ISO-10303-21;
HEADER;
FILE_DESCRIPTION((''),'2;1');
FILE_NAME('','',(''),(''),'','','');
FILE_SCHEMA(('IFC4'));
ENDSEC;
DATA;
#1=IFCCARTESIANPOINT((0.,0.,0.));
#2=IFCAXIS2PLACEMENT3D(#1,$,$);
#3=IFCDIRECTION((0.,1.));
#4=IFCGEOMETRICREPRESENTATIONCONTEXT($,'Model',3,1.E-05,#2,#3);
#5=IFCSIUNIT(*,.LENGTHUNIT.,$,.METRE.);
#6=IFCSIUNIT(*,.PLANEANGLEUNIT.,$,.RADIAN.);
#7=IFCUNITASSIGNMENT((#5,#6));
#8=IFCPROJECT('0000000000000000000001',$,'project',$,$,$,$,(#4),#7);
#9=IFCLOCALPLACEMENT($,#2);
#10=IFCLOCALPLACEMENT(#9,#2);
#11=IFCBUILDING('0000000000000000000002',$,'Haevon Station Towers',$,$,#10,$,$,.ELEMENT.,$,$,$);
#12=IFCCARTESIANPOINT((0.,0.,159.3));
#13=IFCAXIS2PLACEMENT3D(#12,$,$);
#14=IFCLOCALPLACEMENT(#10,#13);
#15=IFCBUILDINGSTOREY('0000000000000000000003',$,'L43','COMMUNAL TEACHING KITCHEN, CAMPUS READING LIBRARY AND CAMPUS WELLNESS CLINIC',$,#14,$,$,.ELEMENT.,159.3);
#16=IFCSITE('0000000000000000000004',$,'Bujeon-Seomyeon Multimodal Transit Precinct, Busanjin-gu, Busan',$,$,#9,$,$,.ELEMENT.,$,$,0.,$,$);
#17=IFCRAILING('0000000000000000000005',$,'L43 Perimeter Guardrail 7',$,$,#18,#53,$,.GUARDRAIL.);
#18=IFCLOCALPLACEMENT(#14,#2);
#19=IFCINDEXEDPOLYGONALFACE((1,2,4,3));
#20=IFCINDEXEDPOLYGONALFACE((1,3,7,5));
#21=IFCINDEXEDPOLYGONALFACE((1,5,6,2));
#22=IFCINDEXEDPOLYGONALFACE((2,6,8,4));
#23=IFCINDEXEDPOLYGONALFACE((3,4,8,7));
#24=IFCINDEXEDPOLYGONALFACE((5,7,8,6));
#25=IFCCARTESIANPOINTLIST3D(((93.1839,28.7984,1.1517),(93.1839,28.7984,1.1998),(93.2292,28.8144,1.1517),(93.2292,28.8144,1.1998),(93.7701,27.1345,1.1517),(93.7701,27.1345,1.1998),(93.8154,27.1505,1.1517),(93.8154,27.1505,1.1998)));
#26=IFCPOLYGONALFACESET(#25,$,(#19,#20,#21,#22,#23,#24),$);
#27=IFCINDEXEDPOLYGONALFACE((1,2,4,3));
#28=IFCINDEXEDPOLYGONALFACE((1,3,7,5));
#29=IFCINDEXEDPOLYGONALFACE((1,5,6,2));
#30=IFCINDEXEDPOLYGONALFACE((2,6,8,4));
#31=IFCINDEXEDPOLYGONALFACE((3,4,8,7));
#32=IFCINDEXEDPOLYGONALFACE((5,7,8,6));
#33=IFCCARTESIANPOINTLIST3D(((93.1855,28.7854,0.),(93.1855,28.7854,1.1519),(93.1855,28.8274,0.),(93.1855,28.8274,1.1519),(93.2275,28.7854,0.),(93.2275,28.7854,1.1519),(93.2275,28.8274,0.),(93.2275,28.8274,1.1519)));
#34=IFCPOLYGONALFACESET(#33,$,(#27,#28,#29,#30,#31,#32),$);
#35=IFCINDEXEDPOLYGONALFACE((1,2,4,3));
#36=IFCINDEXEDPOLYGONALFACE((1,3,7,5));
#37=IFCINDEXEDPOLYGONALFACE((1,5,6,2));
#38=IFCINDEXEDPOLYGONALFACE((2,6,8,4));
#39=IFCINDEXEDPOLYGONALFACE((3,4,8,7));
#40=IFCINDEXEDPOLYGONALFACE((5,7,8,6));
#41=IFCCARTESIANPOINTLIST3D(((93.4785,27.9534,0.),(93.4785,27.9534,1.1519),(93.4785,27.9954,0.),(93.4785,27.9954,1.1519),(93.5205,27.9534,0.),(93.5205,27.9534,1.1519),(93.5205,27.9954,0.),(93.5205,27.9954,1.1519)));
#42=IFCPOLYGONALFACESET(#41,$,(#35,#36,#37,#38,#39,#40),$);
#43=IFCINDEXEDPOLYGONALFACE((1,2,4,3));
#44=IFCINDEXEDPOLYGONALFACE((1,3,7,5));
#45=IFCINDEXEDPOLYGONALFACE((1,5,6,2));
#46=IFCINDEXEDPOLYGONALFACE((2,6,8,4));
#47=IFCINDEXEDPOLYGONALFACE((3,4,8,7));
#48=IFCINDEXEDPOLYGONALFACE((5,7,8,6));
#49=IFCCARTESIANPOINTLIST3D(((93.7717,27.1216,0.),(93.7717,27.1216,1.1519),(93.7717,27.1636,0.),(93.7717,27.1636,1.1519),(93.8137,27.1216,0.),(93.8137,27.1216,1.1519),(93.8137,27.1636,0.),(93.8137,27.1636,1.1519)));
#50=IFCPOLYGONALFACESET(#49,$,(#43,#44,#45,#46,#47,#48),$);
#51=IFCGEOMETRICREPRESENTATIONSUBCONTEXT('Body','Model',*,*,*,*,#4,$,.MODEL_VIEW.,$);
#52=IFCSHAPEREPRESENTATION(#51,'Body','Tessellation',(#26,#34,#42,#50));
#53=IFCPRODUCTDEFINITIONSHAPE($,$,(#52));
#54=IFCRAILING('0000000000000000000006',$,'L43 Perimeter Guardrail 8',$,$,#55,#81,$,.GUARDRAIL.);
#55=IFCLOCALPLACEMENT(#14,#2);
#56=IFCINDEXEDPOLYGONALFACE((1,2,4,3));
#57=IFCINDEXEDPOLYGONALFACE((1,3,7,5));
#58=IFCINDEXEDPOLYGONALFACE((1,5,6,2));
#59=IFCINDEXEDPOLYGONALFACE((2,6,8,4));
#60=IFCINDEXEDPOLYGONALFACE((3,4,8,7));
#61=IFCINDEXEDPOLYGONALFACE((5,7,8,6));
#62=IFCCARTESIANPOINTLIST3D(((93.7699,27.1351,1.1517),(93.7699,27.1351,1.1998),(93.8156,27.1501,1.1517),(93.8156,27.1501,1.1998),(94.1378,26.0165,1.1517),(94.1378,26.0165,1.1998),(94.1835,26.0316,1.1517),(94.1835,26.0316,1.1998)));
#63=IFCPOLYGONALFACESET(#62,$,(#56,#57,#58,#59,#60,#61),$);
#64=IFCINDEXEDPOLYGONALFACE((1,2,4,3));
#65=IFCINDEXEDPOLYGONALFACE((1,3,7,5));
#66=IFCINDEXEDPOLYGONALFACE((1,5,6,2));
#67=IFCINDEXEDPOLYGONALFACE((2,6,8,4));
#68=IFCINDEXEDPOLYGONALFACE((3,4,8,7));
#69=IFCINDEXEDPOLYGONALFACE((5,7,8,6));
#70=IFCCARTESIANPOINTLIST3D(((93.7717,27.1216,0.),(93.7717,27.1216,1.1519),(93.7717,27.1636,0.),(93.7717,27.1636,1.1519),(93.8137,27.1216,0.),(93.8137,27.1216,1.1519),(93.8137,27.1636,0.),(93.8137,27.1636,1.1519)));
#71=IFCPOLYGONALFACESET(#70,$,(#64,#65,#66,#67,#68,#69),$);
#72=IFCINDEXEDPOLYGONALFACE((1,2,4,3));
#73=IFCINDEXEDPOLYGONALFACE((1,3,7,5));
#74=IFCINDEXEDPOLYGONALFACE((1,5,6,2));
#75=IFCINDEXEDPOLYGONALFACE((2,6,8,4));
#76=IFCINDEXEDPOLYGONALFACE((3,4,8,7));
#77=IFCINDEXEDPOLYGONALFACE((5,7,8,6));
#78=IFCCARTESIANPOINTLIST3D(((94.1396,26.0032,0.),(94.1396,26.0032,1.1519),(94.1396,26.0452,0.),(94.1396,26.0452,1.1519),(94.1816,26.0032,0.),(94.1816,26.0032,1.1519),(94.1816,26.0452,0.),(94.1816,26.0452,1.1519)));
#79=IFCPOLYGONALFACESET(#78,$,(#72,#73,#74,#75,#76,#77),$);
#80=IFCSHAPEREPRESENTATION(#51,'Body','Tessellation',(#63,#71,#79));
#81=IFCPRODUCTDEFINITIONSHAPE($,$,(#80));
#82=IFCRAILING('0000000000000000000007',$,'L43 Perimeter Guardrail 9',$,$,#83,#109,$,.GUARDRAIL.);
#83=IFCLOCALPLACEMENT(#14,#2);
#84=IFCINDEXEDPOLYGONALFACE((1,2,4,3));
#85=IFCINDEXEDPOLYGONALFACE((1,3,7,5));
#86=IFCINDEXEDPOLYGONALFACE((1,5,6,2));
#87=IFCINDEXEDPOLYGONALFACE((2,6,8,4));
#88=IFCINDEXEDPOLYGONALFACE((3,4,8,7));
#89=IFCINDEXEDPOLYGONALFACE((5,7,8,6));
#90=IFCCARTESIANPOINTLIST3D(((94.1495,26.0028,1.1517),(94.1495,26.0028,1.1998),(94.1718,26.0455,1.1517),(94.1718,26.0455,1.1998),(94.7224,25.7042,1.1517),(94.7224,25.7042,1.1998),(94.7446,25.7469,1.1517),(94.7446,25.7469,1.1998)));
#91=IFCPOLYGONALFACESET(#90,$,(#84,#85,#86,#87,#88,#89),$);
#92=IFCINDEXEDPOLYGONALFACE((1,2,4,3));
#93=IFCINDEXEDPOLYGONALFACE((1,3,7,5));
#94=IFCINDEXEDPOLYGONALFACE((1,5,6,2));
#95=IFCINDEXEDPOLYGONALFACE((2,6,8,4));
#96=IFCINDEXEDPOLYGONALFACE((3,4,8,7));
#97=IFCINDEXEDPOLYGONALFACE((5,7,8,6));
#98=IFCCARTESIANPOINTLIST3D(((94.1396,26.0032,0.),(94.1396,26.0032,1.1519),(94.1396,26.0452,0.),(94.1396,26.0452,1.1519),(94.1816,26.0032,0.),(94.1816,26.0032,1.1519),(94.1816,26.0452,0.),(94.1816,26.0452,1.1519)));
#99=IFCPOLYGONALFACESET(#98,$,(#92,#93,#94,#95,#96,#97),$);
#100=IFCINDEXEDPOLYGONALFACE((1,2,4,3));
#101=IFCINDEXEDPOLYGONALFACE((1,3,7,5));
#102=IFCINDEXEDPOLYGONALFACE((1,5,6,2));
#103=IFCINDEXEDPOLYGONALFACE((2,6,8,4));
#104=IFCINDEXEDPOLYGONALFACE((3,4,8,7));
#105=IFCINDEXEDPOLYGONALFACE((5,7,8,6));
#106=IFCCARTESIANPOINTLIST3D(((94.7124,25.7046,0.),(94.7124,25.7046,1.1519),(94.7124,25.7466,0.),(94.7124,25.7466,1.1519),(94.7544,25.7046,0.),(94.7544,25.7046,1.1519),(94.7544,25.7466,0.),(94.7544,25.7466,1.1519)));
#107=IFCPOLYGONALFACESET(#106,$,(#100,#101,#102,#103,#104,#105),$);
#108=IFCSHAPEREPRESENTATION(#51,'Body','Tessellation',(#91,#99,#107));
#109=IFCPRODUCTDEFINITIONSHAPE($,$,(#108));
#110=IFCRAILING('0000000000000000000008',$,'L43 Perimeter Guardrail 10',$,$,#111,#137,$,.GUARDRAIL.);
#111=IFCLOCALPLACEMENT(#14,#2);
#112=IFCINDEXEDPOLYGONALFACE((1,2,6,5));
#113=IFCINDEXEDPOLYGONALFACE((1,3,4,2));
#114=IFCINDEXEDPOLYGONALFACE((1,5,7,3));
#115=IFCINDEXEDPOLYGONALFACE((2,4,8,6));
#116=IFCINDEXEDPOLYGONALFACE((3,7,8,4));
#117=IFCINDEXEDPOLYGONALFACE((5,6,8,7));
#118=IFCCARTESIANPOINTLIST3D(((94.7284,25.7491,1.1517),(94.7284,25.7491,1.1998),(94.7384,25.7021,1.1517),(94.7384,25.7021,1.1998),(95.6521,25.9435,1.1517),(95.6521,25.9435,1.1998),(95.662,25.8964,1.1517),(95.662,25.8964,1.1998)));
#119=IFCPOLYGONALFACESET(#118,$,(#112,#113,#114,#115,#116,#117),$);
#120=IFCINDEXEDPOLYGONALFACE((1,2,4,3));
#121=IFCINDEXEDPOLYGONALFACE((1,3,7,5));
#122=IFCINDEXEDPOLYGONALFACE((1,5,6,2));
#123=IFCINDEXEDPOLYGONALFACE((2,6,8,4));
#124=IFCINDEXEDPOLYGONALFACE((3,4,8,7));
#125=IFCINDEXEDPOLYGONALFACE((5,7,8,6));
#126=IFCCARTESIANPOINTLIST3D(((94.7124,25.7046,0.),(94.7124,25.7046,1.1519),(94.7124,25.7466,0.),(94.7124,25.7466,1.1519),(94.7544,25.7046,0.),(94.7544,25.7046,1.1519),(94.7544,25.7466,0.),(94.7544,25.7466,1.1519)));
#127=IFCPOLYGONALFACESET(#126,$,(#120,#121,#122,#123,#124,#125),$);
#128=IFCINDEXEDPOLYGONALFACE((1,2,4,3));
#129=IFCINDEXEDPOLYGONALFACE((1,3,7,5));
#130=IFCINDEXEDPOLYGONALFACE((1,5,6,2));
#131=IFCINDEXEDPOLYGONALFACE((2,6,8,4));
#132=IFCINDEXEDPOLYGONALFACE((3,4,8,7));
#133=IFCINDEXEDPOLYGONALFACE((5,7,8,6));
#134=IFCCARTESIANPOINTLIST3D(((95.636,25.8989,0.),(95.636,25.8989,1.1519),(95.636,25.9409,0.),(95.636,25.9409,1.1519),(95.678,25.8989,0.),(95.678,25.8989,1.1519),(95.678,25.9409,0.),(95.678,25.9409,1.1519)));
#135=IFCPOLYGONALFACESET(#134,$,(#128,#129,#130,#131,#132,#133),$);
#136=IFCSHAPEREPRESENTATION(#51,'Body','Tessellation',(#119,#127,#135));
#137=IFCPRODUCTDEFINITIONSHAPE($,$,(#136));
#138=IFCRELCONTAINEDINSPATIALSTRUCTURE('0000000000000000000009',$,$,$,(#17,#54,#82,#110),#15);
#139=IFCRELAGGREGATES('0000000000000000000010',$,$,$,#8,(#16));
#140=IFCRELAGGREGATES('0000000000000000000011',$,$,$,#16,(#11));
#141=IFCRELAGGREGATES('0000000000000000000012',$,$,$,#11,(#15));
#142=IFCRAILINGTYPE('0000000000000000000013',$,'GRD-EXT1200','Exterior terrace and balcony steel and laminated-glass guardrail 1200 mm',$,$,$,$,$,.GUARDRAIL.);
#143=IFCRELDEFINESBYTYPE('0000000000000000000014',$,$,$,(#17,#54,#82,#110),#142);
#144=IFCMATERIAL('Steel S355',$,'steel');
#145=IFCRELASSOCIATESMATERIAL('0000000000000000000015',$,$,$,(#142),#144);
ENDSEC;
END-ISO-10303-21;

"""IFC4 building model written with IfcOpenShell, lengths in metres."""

from ifc_helpers import new_model, si_unit, direction, frame, origin, origin_2d, place, context, subcontext, project, spatial, rectangle, extrude, material, type_object, element, save


model = new_model("IFC4")

# Units and contexts
model_context = context("Model", 3, precision=1e-05, world=origin(), true_north=direction((0.0, 1.0)))
body_context = subcontext(model_context, "Body", "Model", "MODEL_VIEW")
ifc_project = project(units=[si_unit("LENGTHUNIT", "METRE"), si_unit("PLANEANGLEUNIT", "RADIAN")], contexts=[model_context])

# Site, building, storey
site_placement = place(None, origin())
site = spatial("IfcSite", under=ifc_project, at=site_placement, Name="Bujeon-Seomyeon Multimodal Transit Precinct, Busanjin-gu, Busan", CompositionType="ELEMENT", RefElevation=0.0)
building_placement = place(site_placement, origin())
building = spatial("IfcBuilding", under=site, at=building_placement, Name="Haevon Station Towers", CompositionType="ELEMENT")
storey_placement = place(building_placement, frame((0.0, 0.0, 159.3)))
storey = spatial("IfcBuildingStorey", under=building, at=storey_placement, Name="L43", Description="COMMUNAL TEACHING KITCHEN, CAMPUS READING LIBRARY AND CAMPUS WELLNESS CLINIC", CompositionType="ELEMENT", Elevation=159.3)

# Shared definitions
ifc_material_1 = material(Name="Steel S355", Category="steel")

# Railings
railing_type = type_object("IfcRailingType", Name="GRD-EXT1200", Description="Exterior terrace and balcony steel and laminated-glass guardrail 1200 mm", PredefinedType="GUARDRAIL", material=ifc_material_1)
railing_1_placement = place(storey_placement, frame((93.2065, 28.8064, 0.0)))
element("IfcRailing", 1, at=railing_1_placement, inside=storey, type_object=railing_type, Name="L43 Perimeter Guardrail 7", PredefinedType="GUARDRAIL", context=body_context, shape_type="SweptSolid", body=[
    extrude(rectangle(XDim=0.0481, YDim=0.0481, at=origin_2d()), frame((0.0, 0.0, 1.1758), z_axis=(0.332292, -0.943177, 0.0), x_axis=(0.943177, 0.332292, 0.0)), (0.0, 0.0, 1.0), 1.7642),
    extrude(rectangle(XDim=0.042, YDim=0.042, at=origin_2d()), origin(), (0.0, 0.0, 1.0), 1.1519),
    extrude(rectangle(XDim=0.042, YDim=0.042, at=origin_2d()), frame((0.293, -0.832, 0.0)), (0.0, 0.0, 1.0), 1.1519),
    extrude(rectangle(XDim=0.042, YDim=0.042, at=origin_2d()), frame((0.5862, -1.6638, 0.0)), (0.0, 0.0, 1.0), 1.1519),
])
railing_2_placement = place(storey_placement, frame((93.7927, 27.1426, 0.0)))
element("IfcRailing", 2, at=railing_2_placement, inside=storey, type_object=railing_type, Name="L43 Perimeter Guardrail 8", PredefinedType="GUARDRAIL", context=body_context, shape_type="SweptSolid", body=[
    extrude(rectangle(XDim=0.0481, YDim=0.0481, at=origin_2d()), frame((0.0, 0.0, 1.1758), z_axis=(0.312493, -0.94992, 0.0), x_axis=(0.94992, 0.312493, 0.0)), (0.0, 0.0, 1.0), 1.1775),
    extrude(rectangle(XDim=0.042, YDim=0.042, at=origin_2d()), origin(), (0.0, 0.0, 1.0), 1.1519),
    extrude(rectangle(XDim=0.042, YDim=0.042, at=origin_2d()), frame((0.3679, -1.1184, 0.0)), (0.0, 0.0, 1.0), 1.1519),
])
railing_3_placement = place(storey_placement, frame((94.1606, 26.0242, 0.0)))
element("IfcRailing", 3, at=railing_3_placement, inside=storey, type_object=railing_type, Name="L43 Perimeter Guardrail 9", PredefinedType="GUARDRAIL", context=body_context, shape_type="SweptSolid", body=[
    extrude(rectangle(XDim=0.0481, YDim=0.0481, at=origin_2d()), frame((0.0, 0.0, 1.1758), z_axis=(0.88674, -0.462269, 0.0), x_axis=(0.462269, 0.88674, 0.0)), (0.0, 0.0, 1.0), 0.646),
    extrude(rectangle(XDim=0.042, YDim=0.042, at=origin_2d()), origin(), (0.0, 0.0, 1.0), 1.1519),
    extrude(rectangle(XDim=0.042, YDim=0.042, at=origin_2d()), frame((0.5728, -0.2986, 0.0)), (0.0, 0.0, 1.0), 1.1519),
])
railing_4_placement = place(storey_placement, frame((94.7334, 25.7256, 0.0)))
element("IfcRailing", 4, at=railing_4_placement, inside=storey, type_object=railing_type, Name="L43 Perimeter Guardrail 10", PredefinedType="GUARDRAIL", context=body_context, shape_type="SweptSolid", body=[
    extrude(rectangle(XDim=0.0481, YDim=0.0481, at=origin_2d()), frame((0.0, 0.0, 1.1758), z_axis=(0.978572, 0.205906, 0.0), x_axis=(-0.205906, 0.978572, 0.0)), (0.0, 0.0, 1.0), 0.9438),
    extrude(rectangle(XDim=0.042, YDim=0.042, at=origin_2d()), origin(), (0.0, 0.0, 1.0), 1.1519),
    extrude(rectangle(XDim=0.042, YDim=0.042, at=origin_2d()), frame((0.9236, 0.1943, 0.0)), (0.0, 0.0, 1.0), 1.1519),
])

save(model, "model.ifc")
